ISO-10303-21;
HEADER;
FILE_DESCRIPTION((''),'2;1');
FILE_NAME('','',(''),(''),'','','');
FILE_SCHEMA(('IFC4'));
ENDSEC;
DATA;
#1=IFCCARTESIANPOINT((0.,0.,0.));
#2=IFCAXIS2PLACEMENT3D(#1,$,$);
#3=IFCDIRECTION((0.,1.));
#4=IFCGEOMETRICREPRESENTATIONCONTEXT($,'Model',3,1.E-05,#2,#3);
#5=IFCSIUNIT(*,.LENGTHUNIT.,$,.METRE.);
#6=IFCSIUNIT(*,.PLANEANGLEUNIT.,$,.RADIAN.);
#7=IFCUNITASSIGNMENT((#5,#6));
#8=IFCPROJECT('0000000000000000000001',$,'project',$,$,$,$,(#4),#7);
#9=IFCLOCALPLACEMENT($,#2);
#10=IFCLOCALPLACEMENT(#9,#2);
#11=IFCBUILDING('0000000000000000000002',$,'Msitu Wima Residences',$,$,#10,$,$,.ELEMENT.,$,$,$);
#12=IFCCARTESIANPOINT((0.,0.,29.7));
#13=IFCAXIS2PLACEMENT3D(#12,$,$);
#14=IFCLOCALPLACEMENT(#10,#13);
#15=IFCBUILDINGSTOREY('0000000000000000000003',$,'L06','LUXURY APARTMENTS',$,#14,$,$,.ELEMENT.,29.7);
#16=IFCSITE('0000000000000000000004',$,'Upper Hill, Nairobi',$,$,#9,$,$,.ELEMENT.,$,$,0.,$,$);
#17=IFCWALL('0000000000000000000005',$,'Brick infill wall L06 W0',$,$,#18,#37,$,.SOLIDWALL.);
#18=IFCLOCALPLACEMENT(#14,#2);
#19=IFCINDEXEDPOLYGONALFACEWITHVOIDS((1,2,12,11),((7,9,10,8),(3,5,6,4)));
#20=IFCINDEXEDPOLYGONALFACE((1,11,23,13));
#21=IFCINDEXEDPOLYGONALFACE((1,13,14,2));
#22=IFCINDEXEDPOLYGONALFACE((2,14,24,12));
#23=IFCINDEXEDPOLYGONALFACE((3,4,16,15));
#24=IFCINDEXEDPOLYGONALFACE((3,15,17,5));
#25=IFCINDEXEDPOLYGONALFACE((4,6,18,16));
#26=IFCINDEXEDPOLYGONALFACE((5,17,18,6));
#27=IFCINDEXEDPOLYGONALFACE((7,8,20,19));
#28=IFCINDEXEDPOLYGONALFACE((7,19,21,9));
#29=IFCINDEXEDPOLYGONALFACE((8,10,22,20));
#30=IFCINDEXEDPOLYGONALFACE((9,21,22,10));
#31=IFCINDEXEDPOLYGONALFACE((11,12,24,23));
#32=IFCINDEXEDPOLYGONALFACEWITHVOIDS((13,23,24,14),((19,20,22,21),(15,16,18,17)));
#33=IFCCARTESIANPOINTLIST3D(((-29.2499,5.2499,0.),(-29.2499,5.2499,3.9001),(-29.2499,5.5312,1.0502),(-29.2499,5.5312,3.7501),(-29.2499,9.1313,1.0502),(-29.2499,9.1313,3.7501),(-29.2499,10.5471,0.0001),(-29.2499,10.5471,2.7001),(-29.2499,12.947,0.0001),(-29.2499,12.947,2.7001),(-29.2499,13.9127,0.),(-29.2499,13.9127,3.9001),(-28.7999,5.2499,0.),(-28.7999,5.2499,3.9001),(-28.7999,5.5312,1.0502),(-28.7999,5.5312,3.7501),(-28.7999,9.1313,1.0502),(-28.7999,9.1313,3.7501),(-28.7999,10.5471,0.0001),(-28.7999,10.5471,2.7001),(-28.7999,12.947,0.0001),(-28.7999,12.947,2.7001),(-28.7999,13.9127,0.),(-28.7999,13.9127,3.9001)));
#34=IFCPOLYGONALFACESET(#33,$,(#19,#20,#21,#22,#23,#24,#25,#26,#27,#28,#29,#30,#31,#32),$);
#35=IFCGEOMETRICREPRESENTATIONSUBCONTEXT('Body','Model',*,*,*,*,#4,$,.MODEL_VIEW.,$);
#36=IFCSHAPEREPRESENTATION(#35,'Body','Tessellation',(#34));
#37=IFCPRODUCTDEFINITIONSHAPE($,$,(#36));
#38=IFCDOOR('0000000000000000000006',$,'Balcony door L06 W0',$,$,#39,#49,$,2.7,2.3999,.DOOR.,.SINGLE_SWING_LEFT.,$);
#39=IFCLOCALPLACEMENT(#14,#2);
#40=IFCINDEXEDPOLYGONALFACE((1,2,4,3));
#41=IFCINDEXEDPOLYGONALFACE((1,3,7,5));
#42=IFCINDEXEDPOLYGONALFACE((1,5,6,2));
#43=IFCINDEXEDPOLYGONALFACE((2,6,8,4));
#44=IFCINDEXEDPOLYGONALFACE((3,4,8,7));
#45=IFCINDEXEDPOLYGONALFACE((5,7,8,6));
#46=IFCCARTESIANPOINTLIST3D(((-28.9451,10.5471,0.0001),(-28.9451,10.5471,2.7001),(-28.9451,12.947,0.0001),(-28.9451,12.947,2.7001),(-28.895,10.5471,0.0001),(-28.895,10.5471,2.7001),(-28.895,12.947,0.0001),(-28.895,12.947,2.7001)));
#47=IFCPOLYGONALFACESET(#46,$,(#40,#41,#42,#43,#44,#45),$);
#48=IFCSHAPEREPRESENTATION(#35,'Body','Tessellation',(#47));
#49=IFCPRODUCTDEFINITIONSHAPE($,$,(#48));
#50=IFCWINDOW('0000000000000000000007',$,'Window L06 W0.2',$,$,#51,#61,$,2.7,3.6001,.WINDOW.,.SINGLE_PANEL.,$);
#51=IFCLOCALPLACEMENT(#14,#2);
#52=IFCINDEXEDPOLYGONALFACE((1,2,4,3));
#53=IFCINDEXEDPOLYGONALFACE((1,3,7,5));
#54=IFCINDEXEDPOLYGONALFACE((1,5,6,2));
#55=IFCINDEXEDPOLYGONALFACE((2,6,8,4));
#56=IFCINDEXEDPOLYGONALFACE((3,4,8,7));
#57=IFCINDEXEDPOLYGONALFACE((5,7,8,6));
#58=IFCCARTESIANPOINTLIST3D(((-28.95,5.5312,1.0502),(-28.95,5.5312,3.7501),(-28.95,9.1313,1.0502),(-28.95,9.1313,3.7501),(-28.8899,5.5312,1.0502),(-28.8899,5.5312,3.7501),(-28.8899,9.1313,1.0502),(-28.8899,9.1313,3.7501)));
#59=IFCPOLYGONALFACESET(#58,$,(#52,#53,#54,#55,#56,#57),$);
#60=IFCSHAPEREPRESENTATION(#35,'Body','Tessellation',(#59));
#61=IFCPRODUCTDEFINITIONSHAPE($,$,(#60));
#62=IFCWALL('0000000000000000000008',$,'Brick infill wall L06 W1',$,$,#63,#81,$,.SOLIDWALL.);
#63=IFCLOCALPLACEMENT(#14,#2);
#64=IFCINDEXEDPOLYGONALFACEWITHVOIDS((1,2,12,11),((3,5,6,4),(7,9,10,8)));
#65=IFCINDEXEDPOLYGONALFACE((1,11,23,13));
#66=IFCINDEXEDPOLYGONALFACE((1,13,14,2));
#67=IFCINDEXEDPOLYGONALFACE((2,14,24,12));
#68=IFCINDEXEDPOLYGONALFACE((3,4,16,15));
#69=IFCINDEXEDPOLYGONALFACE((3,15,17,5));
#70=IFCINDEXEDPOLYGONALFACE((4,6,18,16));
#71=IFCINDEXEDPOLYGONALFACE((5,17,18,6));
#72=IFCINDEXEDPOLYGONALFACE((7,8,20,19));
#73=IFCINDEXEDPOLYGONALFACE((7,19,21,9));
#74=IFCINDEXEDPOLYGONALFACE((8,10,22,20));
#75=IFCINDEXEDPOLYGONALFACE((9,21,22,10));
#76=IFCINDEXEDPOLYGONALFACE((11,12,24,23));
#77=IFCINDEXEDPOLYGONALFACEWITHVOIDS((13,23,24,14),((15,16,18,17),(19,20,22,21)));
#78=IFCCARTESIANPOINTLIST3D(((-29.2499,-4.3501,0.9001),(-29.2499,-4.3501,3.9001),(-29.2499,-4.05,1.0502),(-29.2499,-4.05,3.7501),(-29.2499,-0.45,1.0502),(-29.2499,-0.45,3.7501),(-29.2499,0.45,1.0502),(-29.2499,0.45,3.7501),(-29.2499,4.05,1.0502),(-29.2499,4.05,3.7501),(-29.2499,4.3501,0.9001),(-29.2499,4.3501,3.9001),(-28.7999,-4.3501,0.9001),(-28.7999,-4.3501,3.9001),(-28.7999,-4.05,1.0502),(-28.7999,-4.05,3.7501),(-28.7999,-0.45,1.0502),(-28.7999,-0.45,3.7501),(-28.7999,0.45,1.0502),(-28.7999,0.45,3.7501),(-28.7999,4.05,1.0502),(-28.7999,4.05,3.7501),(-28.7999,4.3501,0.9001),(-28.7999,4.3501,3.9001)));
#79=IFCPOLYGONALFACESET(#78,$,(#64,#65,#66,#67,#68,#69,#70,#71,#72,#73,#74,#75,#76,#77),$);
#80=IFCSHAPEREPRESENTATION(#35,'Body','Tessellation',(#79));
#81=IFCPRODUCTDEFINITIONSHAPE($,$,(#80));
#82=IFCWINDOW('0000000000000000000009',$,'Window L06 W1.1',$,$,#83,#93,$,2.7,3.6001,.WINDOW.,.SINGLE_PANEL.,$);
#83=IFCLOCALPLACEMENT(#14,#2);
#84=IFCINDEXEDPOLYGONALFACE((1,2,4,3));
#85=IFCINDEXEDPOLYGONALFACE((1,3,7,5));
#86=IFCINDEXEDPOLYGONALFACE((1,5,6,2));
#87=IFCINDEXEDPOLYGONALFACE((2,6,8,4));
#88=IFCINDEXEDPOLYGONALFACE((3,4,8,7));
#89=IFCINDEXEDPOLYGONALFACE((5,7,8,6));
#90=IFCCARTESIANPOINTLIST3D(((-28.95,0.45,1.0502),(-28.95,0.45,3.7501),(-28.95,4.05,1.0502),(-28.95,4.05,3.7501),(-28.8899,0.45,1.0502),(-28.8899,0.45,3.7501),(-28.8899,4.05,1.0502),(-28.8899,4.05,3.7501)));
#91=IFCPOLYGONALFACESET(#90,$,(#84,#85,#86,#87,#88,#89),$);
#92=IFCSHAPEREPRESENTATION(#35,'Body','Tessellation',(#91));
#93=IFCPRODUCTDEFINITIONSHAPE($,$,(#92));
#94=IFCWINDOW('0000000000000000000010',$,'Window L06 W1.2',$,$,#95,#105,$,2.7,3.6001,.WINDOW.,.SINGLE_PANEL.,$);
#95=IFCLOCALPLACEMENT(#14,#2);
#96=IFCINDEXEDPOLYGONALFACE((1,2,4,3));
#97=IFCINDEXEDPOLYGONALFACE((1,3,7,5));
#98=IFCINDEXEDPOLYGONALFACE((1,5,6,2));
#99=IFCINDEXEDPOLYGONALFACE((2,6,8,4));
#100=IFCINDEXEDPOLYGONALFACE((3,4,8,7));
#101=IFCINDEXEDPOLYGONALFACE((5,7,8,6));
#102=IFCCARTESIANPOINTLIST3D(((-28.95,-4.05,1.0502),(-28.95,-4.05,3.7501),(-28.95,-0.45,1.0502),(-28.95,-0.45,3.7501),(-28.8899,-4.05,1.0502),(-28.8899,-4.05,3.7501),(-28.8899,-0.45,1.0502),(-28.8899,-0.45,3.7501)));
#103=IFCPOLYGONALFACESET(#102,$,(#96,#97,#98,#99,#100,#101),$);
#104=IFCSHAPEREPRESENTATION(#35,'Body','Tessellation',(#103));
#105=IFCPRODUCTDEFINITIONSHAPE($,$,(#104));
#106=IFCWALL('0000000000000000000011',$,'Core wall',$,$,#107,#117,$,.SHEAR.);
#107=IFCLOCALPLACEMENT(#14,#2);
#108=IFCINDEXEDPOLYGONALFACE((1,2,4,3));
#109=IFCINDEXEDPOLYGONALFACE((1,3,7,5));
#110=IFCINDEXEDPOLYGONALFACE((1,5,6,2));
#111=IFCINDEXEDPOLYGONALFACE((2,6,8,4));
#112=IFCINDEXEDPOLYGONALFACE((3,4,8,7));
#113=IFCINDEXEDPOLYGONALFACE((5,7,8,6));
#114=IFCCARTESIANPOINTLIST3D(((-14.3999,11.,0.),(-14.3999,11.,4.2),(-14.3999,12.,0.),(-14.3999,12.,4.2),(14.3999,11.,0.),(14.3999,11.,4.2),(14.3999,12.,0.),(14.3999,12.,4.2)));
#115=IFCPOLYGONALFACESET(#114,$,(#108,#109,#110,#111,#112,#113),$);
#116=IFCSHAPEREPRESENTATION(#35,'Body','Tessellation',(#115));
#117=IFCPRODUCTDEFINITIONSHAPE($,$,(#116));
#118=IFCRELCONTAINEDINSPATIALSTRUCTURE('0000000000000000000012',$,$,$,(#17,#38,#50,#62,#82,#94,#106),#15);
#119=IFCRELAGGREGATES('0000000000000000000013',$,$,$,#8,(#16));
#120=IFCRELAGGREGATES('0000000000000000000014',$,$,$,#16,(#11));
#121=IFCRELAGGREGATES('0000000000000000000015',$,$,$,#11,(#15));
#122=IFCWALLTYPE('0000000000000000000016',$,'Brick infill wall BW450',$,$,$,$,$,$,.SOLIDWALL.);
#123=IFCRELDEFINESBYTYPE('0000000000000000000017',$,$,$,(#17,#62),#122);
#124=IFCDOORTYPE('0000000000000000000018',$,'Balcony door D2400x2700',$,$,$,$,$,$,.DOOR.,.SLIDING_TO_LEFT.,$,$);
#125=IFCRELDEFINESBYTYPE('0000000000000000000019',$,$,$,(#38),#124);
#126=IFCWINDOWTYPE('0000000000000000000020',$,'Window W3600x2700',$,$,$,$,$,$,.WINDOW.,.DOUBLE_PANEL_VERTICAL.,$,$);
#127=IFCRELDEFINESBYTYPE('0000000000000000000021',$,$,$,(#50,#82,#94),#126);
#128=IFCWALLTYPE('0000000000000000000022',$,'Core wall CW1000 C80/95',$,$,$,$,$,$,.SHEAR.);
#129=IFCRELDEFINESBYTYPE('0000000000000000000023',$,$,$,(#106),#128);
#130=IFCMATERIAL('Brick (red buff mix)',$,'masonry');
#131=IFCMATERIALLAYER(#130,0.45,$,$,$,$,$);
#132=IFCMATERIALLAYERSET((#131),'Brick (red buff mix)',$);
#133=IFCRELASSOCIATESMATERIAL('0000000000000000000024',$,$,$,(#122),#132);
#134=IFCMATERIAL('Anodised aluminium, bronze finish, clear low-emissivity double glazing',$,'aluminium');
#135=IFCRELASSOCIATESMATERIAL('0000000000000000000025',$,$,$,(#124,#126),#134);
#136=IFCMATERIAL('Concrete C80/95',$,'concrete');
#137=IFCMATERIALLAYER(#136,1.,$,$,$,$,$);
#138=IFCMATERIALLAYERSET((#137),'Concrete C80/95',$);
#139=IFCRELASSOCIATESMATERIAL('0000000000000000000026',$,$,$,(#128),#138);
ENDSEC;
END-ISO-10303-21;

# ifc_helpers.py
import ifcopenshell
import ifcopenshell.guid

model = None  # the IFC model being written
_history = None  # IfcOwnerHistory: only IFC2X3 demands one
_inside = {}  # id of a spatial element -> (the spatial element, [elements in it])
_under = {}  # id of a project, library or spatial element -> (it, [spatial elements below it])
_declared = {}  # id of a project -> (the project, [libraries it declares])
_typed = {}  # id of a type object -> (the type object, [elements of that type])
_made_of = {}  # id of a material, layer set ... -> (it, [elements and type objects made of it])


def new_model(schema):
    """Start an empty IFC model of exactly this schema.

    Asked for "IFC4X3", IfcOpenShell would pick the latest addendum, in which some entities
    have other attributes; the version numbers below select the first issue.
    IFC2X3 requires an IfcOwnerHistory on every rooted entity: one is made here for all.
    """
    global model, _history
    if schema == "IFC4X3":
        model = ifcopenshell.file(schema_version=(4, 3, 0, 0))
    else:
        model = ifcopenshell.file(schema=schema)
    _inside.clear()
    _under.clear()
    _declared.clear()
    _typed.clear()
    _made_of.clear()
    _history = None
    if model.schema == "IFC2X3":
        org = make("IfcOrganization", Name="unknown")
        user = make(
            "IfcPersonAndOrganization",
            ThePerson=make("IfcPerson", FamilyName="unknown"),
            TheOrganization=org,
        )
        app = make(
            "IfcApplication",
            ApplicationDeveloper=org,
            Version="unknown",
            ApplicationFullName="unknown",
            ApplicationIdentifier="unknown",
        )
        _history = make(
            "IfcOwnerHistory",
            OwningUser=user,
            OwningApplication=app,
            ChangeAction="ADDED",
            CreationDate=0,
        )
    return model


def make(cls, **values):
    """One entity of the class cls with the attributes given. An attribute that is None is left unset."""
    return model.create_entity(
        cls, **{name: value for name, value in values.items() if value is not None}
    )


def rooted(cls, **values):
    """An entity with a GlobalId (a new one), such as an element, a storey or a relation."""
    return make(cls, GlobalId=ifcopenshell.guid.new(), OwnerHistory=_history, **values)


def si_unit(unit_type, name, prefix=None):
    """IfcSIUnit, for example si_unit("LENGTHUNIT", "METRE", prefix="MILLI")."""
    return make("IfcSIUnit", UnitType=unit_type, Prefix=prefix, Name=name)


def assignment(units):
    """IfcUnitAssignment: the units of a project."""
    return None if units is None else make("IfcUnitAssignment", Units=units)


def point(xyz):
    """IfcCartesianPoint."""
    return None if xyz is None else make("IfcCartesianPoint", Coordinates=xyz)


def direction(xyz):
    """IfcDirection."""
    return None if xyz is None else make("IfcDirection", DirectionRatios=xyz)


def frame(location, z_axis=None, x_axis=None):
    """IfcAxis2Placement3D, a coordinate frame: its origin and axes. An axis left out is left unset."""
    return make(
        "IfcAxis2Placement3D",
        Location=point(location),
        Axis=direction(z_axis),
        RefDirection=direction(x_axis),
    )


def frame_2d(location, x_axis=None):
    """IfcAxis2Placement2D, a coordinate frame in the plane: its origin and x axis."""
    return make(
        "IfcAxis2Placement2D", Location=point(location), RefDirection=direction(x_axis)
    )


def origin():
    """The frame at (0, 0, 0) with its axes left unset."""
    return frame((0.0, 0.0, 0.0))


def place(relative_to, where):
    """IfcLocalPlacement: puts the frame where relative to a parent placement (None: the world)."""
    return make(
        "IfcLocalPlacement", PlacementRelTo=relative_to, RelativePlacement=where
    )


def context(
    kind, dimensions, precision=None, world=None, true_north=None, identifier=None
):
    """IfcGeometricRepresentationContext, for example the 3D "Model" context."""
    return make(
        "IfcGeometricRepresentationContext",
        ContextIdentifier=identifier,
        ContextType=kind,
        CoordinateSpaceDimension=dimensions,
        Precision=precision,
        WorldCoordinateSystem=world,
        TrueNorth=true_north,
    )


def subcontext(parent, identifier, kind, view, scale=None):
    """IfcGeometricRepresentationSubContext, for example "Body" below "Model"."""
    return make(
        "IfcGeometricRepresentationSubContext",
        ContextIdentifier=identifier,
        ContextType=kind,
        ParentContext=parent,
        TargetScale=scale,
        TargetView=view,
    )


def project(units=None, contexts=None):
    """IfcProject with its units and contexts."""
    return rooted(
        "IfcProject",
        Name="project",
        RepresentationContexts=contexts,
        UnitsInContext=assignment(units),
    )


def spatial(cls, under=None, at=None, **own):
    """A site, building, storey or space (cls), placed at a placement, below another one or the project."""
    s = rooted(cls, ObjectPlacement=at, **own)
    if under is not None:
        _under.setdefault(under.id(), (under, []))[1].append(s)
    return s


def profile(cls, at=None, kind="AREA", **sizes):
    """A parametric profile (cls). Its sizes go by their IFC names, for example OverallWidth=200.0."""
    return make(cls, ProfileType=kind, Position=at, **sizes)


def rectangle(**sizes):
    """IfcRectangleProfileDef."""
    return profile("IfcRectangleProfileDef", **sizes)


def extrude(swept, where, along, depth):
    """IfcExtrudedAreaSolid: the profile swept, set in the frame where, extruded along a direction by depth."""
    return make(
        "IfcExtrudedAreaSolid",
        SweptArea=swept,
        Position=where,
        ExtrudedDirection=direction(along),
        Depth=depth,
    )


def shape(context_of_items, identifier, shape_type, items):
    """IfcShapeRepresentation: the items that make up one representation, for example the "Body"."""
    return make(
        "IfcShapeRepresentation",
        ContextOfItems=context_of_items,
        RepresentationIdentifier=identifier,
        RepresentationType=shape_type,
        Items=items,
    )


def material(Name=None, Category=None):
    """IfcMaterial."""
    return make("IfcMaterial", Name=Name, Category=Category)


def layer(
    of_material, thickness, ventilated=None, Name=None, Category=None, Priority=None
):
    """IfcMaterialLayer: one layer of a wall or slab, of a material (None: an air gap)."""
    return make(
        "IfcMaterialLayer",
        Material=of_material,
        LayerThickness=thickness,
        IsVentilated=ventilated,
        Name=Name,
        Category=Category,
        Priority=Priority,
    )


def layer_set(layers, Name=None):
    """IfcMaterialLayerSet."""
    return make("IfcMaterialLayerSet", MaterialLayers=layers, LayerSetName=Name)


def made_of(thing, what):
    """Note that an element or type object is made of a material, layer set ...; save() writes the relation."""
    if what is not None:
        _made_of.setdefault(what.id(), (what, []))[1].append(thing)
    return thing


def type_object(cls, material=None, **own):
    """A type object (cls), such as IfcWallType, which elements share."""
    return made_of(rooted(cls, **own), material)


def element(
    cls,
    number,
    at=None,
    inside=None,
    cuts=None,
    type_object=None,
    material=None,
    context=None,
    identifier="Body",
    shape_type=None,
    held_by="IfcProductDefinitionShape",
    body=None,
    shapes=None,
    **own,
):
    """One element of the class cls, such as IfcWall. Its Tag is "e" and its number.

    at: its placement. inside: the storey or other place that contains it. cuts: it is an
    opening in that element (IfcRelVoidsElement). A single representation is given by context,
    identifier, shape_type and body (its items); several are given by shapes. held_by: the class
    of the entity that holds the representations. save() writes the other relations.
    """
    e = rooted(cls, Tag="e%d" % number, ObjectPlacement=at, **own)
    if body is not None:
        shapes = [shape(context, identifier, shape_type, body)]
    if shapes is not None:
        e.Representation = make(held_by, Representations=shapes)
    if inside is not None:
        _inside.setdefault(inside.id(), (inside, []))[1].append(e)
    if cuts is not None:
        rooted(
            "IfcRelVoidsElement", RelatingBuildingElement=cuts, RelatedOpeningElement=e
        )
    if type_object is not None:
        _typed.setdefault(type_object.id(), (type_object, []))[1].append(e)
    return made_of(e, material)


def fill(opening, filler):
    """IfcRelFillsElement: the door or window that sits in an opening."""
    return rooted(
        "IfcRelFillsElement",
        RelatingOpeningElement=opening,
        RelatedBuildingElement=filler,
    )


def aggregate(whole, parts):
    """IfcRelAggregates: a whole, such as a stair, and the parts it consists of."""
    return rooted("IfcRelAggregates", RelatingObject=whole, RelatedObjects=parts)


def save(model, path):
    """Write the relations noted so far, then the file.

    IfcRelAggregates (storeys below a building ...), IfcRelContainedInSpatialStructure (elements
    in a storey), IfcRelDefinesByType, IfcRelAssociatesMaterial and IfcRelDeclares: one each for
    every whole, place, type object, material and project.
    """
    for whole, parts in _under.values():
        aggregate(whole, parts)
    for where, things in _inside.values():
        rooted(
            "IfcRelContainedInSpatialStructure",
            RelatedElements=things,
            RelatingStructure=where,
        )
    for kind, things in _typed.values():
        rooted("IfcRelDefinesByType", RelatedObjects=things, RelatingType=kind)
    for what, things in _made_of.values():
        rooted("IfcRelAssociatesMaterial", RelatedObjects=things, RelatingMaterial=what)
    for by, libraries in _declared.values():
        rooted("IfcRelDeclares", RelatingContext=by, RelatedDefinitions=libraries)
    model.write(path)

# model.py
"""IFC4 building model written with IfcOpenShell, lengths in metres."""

from ifc_helpers import new_model, si_unit, direction, frame, frame_2d, origin, place, context, subcontext, project, spatial, rectangle, extrude, material, layer, layer_set, type_object, element, fill, save


model = new_model("IFC4")

# Units and contexts
model_context = context("Model", 3, precision=1e-05, world=origin(), true_north=direction((0.0, 1.0)))
body_context = subcontext(model_context, "Body", "Model", "MODEL_VIEW")
ifc_project = project(units=[si_unit("LENGTHUNIT", "METRE"), si_unit("PLANEANGLEUNIT", "RADIAN")], contexts=[model_context])

# Site, building, storey
site_placement = place(None, origin())
site = spatial("IfcSite", under=ifc_project, at=site_placement, Name="Upper Hill, Nairobi", CompositionType="ELEMENT", RefElevation=0.0)
building_placement = place(site_placement, origin())
building = spatial("IfcBuilding", under=site, at=building_placement, Name="Msitu Wima Residences", CompositionType="ELEMENT")
storey_placement = place(building_placement, frame((0.0, 0.0, 29.7)))
storey = spatial("IfcBuildingStorey", under=building, at=storey_placement, Name="L06", Description="LUXURY APARTMENTS", CompositionType="ELEMENT", Elevation=29.7)

# Shared definitions
ifc_material_1 = material(Name="Concrete C80/95", Category="concrete")

# Wall, openings, door, window
ifc_material_2 = material(Name="Brick (red buff mix)", Category="masonry")
ifc_layer_1 = layer(ifc_material_2, 0.45)
ifc_layer_set_1 = layer_set([ifc_layer_1], Name="Brick (red buff mix)")
wall_type_1 = type_object("IfcWallType", Name="Brick infill wall BW450", PredefinedType="SOLIDWALL", material=ifc_layer_set_1)
wall_1_placement = place(storey_placement, frame((-29.0249, 13.9128, 0.0), z_axis=(0.0, 0.0, 1.0), x_axis=(0.0, -1.0, 0.0)))
wall_1 = element("IfcWall", 1, at=wall_1_placement, inside=storey, type_object=wall_type_1, Name="Brick infill wall L06 W0", PredefinedType="SOLIDWALL", context=body_context, shape_type="SweptSolid", body=[
    extrude(rectangle(XDim=8.6628, YDim=0.45, at=frame_2d((4.3315, 0.0))), origin(), (0.0, 0.0, 1.0), 3.9001),
])
opening_1_placement = place(wall_1_placement, frame((0.9658, 0.0, 0.0)))
opening_1 = element("IfcOpeningElement", 2, at=opening_1_placement, cuts=wall_1, PredefinedType="OPENING", context=body_context, shape_type="SweptSolid", body=[
    extrude(rectangle(XDim=2.3999, YDim=2.7, at=frame_2d((1.2, 1.3501))), frame((0.0, 0.2349, 0.0), z_axis=(0.0, -1.0, 0.0), x_axis=(1.0, 0.0, 0.0)), (0.0, 0.0, 1.0), 0.47),
])
opening_2_placement = place(wall_1_placement, frame((4.7815, 0.0, 1.05)))
opening_2 = element("IfcOpeningElement", 3, at=opening_2_placement, cuts=wall_1, PredefinedType="OPENING", context=body_context, shape_type="SweptSolid", body=[
    extrude(rectangle(XDim=3.6001, YDim=2.7, at=frame_2d((1.8, 1.3501))), frame((0.0, 0.2349, 0.0), z_axis=(0.0, -1.0, 0.0), x_axis=(1.0, 0.0, 0.0)), (0.0, 0.0, 1.0), 0.47),
])
ifc_material_3 = material(Name="Anodised aluminium, bronze finish, clear low-emissivity double glazing", Category="aluminium")
door_type_1 = type_object("IfcDoorType", Name="Balcony door D2400x2700", OperationType="SLIDING_TO_LEFT", PredefinedType="DOOR", material=ifc_material_3)
door_1_placement = place(opening_1_placement, origin())
door_1 = element("IfcDoor", 4, at=door_1_placement, inside=storey, type_object=door_type_1, Name="Balcony door L06 W0", OperationType="SINGLE_SWING_LEFT", OverallHeight=2.7, OverallWidth=2.3999, PredefinedType="DOOR", context=body_context, shape_type="SweptSolid", body=[
    extrude(rectangle(XDim=2.3999, YDim=2.7, at=frame_2d((1.2, 1.3501))), frame((0.0, 0.1299, 0.0), z_axis=(0.0, -1.0, 0.0), x_axis=(1.0, 0.0, 0.0)), (0.0, 0.0, 1.0), 0.05),
])
fill(opening_1, door_1)
window_type = type_object("IfcWindowType", Name="Window W3600x2700", PartitioningType="DOUBLE_PANEL_VERTICAL", PredefinedType="WINDOW", material=ifc_material_3)
window_1_placement = place(opening_2_placement, origin())
window_1 = element("IfcWindow", 5, at=window_1_placement, inside=storey, type_object=window_type, Name="Window L06 W0.2", OverallHeight=2.7, OverallWidth=3.6001, PartitioningType="SINGLE_PANEL", PredefinedType="WINDOW", context=body_context, shape_type="SweptSolid", body=[
    extrude(rectangle(XDim=3.6001, YDim=2.7, at=frame_2d((1.8, 1.3501))), frame((0.0, 0.135, 0.0), z_axis=(0.0, -1.0, 0.0), x_axis=(1.0, 0.0, 0.0)), (0.0, 0.0, 1.0), 0.0601),
])
fill(opening_2, window_1)

# Wall, openings, windows
wall_2_placement = place(storey_placement, frame((-29.0249, 4.3501, 0.9001), z_axis=(0.0, 0.0, 1.0), x_axis=(0.0, -1.0, 0.0)))
wall_2 = element("IfcWall", 6, at=wall_2_placement, inside=storey, type_object=wall_type_1, Name="Brick infill wall L06 W1", PredefinedType="SOLIDWALL", context=body_context, shape_type="SweptSolid", body=[
    extrude(rectangle(XDim=8.7002, YDim=0.45, at=frame_2d((4.3501, 0.0))), origin(), (0.0, 0.0, 1.0), 3.0),
])
opening_3_placement = place(wall_2_placement, frame((0.3, 0.0, 0.1499)))
opening_3 = element("IfcOpeningElement", 7, at=opening_3_placement, cuts=wall_2, PredefinedType="OPENING", context=body_context, shape_type="SweptSolid", body=[
    extrude(rectangle(XDim=3.6001, YDim=2.7, at=frame_2d((1.8, 1.3501))), frame((0.0, 0.2349, 0.0), z_axis=(0.0, -1.0, 0.0), x_axis=(1.0, 0.0, 0.0)), (0.0, 0.0, 1.0), 0.47),
])
opening_4_placement = place(wall_2_placement, frame((4.8, 0.0, 0.1499)))
opening_4 = element("IfcOpeningElement", 8, at=opening_4_placement, cuts=wall_2, PredefinedType="OPENING", context=body_context, shape_type="SweptSolid", body=[
    extrude(rectangle(XDim=3.6001, YDim=2.7, at=frame_2d((1.8, 1.3501))), frame((0.0, 0.2349, 0.0), z_axis=(0.0, -1.0, 0.0), x_axis=(1.0, 0.0, 0.0)), (0.0, 0.0, 1.0), 0.47),
])
window_2_placement = place(opening_3_placement, origin())
window_2 = element("IfcWindow", 9, at=window_2_placement, inside=storey, type_object=window_type, Name="Window L06 W1.1", OverallHeight=2.7, OverallWidth=3.6001, PartitioningType="SINGLE_PANEL", PredefinedType="WINDOW", context=body_context, shape_type="SweptSolid", body=[
    extrude(rectangle(XDim=3.6001, YDim=2.7, at=frame_2d((1.8, 1.3501))), frame((0.0, 0.135, 0.0), z_axis=(0.0, -1.0, 0.0), x_axis=(1.0, 0.0, 0.0)), (0.0, 0.0, 1.0), 0.0601),
])
fill(opening_3, window_2)
window_3_placement = place(opening_4_placement, origin())
window_3 = element("IfcWindow", 10, at=window_3_placement, inside=storey, type_object=window_type, Name="Window L06 W1.2", OverallHeight=2.7, OverallWidth=3.6001, PartitioningType="SINGLE_PANEL", PredefinedType="WINDOW", context=body_context, shape_type="SweptSolid", body=[
    extrude(rectangle(XDim=3.6001, YDim=2.7, at=frame_2d((1.8, 1.3501))), frame((0.0, 0.135, 0.0), z_axis=(0.0, -1.0, 0.0), x_axis=(1.0, 0.0, 0.0)), (0.0, 0.0, 1.0), 0.0601),
])
fill(opening_4, window_3)

# Wall
ifc_layer_2 = layer(ifc_material_1, 1.0)
ifc_layer_set_2 = layer_set([ifc_layer_2], Name="Concrete C80/95")
wall_type_2 = type_object("IfcWallType", Name="Core wall CW1000 C80/95", PredefinedType="SHEAR", material=ifc_layer_set_2)
wall_3_placement = place(storey_placement, frame((-14.3999, 11.5, 0.0), z_axis=(0.0, 0.0, 1.0), x_axis=(1.0, 0.0, 0.0)))
element("IfcWall", 11, at=wall_3_placement, inside=storey, type_object=wall_type_2, Name="Core wall", PredefinedType="SHEAR", context=body_context, shape_type="SweptSolid", body=[
    extrude(rectangle(XDim=28.7998, YDim=1.0, at=frame_2d((14.3999, 0.0))), origin(), (0.0, 0.0, 1.0), 4.2),
])

save(model, "model.ifc")
